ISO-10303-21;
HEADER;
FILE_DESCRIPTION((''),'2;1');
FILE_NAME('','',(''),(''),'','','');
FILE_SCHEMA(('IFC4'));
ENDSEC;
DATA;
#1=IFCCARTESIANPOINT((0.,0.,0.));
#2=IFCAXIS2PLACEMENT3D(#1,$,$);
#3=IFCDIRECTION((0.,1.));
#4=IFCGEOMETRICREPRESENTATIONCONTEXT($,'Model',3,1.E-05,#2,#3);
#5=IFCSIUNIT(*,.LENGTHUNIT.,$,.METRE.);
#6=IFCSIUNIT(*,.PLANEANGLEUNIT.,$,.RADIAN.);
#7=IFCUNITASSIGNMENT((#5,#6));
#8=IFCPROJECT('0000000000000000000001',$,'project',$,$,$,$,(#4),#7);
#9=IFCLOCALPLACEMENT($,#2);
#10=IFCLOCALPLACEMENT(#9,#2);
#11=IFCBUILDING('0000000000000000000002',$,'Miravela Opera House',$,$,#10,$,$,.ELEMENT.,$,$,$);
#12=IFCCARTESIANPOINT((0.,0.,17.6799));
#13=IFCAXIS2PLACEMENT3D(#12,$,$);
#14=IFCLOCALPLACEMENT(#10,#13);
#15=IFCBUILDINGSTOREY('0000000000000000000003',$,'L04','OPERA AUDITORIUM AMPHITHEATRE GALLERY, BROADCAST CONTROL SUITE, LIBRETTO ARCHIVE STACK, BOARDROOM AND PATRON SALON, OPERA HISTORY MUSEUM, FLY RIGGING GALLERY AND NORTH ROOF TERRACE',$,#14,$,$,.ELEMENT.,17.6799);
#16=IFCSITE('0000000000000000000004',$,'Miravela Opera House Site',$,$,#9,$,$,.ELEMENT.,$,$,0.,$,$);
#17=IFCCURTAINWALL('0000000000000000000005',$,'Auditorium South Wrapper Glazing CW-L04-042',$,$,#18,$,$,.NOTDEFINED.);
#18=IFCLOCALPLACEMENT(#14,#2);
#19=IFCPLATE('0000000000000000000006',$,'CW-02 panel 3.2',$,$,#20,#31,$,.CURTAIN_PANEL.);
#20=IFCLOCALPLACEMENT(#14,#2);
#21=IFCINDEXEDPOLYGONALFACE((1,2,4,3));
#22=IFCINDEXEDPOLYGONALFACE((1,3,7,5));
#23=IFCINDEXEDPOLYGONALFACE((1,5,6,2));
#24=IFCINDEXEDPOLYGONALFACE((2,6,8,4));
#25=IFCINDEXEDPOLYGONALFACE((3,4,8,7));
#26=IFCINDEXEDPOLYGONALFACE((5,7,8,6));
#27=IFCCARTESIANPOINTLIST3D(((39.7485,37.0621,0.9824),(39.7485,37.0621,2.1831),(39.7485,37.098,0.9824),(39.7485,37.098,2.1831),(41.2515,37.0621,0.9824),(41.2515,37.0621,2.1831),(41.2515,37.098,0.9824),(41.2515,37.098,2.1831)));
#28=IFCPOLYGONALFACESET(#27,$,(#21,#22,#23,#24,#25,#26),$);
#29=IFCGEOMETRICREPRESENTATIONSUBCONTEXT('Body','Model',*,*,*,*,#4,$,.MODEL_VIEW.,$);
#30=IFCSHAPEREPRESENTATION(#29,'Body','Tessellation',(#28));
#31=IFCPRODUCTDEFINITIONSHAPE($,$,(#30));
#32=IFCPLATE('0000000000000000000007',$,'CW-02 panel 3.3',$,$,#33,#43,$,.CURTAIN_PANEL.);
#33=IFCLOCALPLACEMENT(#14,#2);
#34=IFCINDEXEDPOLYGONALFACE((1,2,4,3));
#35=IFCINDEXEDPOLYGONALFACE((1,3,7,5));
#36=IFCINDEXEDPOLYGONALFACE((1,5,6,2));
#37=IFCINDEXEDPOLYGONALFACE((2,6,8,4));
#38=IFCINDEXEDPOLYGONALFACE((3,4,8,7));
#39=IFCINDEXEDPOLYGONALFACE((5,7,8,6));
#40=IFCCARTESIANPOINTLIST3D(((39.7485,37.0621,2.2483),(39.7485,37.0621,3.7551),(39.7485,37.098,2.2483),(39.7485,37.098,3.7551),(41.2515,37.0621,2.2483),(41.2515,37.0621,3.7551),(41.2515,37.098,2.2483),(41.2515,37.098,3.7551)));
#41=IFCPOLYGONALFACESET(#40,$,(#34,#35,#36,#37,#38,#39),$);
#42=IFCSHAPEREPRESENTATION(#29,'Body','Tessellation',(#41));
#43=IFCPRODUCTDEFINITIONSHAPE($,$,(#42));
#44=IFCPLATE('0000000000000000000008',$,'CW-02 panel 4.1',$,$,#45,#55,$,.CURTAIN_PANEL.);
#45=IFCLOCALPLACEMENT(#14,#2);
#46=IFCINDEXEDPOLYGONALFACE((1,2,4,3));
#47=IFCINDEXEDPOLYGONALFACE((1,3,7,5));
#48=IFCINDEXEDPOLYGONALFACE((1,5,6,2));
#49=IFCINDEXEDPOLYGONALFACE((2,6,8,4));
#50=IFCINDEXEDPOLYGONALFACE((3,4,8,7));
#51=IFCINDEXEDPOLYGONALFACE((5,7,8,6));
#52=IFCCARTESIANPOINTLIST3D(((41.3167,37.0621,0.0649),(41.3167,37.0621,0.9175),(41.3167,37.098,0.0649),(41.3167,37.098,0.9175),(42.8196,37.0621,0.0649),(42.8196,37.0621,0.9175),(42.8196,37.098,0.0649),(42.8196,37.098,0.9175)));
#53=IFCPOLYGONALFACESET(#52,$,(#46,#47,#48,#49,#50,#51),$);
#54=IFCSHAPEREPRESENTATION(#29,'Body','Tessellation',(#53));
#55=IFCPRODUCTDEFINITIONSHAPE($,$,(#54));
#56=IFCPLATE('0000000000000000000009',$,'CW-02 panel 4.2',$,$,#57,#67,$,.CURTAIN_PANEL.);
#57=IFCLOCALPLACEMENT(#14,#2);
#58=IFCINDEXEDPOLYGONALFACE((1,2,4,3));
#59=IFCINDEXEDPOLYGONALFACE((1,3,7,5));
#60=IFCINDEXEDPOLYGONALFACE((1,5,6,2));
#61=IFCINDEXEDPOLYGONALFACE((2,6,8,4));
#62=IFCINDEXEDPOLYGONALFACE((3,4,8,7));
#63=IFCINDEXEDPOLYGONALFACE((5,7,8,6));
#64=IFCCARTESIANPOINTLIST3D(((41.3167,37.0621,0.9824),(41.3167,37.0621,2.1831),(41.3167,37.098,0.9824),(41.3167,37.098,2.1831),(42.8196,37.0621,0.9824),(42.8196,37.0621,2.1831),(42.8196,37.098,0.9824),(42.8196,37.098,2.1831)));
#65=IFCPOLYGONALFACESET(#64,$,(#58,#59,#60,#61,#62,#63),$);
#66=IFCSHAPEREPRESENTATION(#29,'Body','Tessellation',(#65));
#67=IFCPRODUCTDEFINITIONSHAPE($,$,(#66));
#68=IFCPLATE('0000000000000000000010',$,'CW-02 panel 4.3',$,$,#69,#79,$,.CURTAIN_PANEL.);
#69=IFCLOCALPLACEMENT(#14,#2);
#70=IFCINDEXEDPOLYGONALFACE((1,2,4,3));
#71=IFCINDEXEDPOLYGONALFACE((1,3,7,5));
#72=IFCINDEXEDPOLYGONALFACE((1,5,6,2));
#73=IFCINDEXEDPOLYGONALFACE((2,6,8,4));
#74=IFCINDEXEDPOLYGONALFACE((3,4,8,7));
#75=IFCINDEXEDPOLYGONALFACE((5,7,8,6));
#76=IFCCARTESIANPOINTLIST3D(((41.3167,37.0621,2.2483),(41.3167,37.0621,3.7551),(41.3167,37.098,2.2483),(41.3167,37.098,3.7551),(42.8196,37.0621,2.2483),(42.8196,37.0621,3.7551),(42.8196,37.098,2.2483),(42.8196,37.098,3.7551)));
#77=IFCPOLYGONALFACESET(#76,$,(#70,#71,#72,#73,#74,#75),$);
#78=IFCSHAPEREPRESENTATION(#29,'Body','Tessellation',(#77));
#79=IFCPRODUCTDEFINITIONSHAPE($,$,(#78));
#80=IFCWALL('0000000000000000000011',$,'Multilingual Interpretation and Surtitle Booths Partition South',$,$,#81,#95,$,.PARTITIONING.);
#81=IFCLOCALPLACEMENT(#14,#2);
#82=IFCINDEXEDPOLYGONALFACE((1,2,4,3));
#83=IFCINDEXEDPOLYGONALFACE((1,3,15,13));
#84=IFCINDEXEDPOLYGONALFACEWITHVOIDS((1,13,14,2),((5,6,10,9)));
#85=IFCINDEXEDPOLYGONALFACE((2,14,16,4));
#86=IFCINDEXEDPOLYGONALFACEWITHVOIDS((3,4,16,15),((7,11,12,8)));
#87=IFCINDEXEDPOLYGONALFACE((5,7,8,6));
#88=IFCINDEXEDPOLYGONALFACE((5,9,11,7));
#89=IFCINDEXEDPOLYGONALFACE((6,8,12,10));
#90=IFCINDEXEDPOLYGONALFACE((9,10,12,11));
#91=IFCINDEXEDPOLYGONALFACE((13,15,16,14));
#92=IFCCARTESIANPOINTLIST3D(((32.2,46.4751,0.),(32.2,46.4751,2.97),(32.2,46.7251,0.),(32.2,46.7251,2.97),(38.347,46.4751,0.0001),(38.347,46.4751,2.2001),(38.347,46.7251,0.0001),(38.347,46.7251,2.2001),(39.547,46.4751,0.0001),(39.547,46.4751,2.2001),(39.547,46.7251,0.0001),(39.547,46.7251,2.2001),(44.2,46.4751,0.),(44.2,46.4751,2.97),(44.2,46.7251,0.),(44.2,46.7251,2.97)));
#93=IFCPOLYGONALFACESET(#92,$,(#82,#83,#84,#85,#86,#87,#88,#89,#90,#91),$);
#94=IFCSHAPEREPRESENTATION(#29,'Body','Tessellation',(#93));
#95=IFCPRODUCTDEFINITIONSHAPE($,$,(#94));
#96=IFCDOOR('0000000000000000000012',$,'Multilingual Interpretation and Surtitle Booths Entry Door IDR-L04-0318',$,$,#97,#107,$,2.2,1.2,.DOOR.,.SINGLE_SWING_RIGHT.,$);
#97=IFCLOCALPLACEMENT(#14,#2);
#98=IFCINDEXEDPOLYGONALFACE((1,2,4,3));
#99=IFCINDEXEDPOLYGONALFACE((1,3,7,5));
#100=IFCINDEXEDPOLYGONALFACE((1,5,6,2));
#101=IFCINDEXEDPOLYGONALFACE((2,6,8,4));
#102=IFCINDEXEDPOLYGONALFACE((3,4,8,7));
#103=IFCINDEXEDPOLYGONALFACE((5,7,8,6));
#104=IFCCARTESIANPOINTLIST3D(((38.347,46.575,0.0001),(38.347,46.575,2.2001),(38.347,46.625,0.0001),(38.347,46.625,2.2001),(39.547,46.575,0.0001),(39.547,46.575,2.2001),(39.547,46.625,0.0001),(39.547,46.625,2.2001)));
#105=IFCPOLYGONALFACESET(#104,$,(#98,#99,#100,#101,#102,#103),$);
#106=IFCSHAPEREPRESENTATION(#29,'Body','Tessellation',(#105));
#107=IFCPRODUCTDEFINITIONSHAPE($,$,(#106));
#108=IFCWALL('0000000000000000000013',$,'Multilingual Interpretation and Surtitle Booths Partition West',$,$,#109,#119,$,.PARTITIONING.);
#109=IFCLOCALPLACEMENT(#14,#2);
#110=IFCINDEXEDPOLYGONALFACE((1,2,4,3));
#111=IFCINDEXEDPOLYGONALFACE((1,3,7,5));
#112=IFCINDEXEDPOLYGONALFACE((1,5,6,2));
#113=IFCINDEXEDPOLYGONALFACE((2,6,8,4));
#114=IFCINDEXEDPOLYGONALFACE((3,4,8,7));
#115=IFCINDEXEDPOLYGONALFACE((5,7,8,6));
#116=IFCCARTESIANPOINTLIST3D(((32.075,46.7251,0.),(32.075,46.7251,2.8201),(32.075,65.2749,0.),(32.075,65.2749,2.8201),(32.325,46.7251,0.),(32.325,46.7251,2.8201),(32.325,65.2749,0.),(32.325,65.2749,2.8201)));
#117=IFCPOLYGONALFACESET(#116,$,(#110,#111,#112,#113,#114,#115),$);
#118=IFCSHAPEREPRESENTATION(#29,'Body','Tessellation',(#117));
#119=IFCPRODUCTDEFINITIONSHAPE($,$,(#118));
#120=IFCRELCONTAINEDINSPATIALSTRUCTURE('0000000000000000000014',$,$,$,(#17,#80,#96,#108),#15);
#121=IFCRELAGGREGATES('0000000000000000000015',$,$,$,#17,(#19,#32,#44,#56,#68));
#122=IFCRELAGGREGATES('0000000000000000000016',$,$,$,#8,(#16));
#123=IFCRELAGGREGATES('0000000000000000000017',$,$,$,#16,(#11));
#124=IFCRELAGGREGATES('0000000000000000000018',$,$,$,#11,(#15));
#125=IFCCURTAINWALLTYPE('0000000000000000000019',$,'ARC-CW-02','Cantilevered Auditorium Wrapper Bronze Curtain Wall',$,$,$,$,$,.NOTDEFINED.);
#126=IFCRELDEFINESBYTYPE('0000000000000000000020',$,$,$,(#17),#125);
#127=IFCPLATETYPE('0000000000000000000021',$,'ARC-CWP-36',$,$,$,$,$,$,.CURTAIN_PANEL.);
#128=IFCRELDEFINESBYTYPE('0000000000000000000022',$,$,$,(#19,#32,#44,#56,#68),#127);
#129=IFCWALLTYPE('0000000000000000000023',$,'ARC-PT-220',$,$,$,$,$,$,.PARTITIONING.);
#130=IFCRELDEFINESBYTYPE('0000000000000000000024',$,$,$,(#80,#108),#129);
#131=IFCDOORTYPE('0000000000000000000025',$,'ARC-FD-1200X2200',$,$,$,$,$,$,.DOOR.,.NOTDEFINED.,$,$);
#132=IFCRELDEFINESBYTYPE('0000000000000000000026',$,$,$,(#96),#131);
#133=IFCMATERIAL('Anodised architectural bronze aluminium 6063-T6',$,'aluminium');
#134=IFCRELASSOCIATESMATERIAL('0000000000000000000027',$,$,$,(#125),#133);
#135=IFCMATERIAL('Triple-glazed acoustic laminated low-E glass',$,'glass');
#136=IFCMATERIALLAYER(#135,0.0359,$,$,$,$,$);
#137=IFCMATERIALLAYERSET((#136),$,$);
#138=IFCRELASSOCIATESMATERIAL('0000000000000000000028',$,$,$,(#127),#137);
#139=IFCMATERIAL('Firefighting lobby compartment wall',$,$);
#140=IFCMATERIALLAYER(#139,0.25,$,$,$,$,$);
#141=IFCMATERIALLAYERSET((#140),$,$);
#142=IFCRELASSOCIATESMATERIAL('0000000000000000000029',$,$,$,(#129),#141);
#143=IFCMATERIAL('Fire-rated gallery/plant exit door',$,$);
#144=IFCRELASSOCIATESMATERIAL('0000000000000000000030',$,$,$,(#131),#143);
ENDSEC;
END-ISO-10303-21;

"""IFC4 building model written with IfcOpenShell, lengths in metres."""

from ifc_helpers import new_model, si_unit, direction, frame, frame_2d, origin, origin_2d, place, context, subcontext, project, spatial, rectangle, extrude, material, layer, layer_set, type_object, element, fill, aggregate, save


model = new_model("IFC4")

# Units and contexts
model_context = context("Model", 3, precision=1e-05, world=origin(), true_north=direction((0.0, 1.0)))
body_context = subcontext(model_context, "Body", "Model", "MODEL_VIEW")
ifc_project = project(units=[si_unit("LENGTHUNIT", "METRE"), si_unit("PLANEANGLEUNIT", "RADIAN")], contexts=[model_context])

# Site, building, storey
site_placement = place(None, origin())
site = spatial("IfcSite", under=ifc_project, at=site_placement, Name="Miravela Opera House Site", CompositionType="ELEMENT", RefElevation=0.0)
building_placement = place(site_placement, origin())
building = spatial("IfcBuilding", under=site, at=building_placement, Name="Miravela Opera House", CompositionType="ELEMENT")
storey_placement = place(building_placement, frame((0.0, 0.0, 17.6799)))
storey = spatial("IfcBuildingStorey", under=building, at=storey_placement, Name="L04", Description="OPERA AUDITORIUM AMPHITHEATRE GALLERY, BROADCAST CONTROL SUITE, LIBRETTO ARCHIVE STACK, BOARDROOM AND PATRON SALON, OPERA HISTORY MUSEUM, FLY RIGGING GALLERY AND NORTH ROOF TERRACE", CompositionType="ELEMENT", Elevation=17.6799)

# Curtain wall
ifc_material_1 = material(Name="Anodised architectural bronze aluminium 6063-T6", Category="aluminium")
curtain_wall_type = type_object("IfcCurtainWallType", Name="ARC-CW-02", Description="Cantilevered Auditorium Wrapper Bronze Curtain Wall", PredefinedType="NOTDEFINED", material=ifc_material_1)
curtain_wall_placement = place(storey_placement, origin())
curtain_wall = element("IfcCurtainWall", 1, at=curtain_wall_placement, inside=storey, type_object=curtain_wall_type, Name="Auditorium South Wrapper Glazing CW-L04-042", PredefinedType="NOTDEFINED")

# Plates
ifc_material_2 = material(Name="Triple-glazed acoustic laminated low-E glass", Category="glass")
ifc_layer_1 = layer(ifc_material_2, 0.0359)
ifc_layer_set_1 = layer_set([ifc_layer_1])
plate_type = type_object("IfcPlateType", Name="ARC-CWP-36", PredefinedType="CURTAIN_PANEL", material=ifc_layer_set_1)
plate_1_placement = place(storey_placement, frame((40.5, 37.0801, 0.9824), z_axis=(0.0, 0.0, 1.0), x_axis=(1.0, 0.0, 0.0)))
plate_1 = element("IfcPlate", 2, at=plate_1_placement, type_object=plate_type, Name="CW-02 panel 3.2", PredefinedType="CURTAIN_PANEL", context=body_context, shape_type="SweptSolid", body=[
    extrude(rectangle(XDim=1.5029, YDim=0.0359, at=origin_2d()), origin(), (0.0, 0.0, 1.0), 1.2007),
])
plate_2_placement = place(storey_placement, frame((40.5, 37.0801, 2.2483), z_axis=(0.0, 0.0, 1.0), x_axis=(1.0, 0.0, 0.0)))
plate_2 = element("IfcPlate", 3, at=plate_2_placement, type_object=plate_type, Name="CW-02 panel 3.3", PredefinedType="CURTAIN_PANEL", context=body_context, shape_type="SweptSolid", body=[
    extrude(rectangle(XDim=1.5029, YDim=0.0359, at=origin_2d()), origin(), (0.0, 0.0, 1.0), 1.5068),
])
plate_3_placement = place(storey_placement, frame((42.0681, 37.0801, 0.0649), z_axis=(0.0, 0.0, 1.0), x_axis=(1.0, 0.0, 0.0)))
plate_3 = element("IfcPlate", 4, at=plate_3_placement, type_object=plate_type, Name="CW-02 panel 4.1", PredefinedType="CURTAIN_PANEL", context=body_context, shape_type="SweptSolid", body=[
    extrude(rectangle(XDim=1.5029, YDim=0.0359, at=origin_2d()), origin(), (0.0, 0.0, 1.0), 0.8525),
])
plate_4_placement = place(storey_placement, frame((42.0681, 37.0801, 0.9824), z_axis=(0.0, 0.0, 1.0), x_axis=(1.0, 0.0, 0.0)))
plate_4 = element("IfcPlate", 5, at=plate_4_placement, type_object=plate_type, Name="CW-02 panel 4.2", PredefinedType="CURTAIN_PANEL", context=body_context, shape_type="SweptSolid", body=[
    extrude(rectangle(XDim=1.5029, YDim=0.0359, at=origin_2d()), origin(), (0.0, 0.0, 1.0), 1.2007),
])
plate_5_placement = place(storey_placement, frame((42.0681, 37.0801, 2.2483), z_axis=(0.0, 0.0, 1.0), x_axis=(1.0, 0.0, 0.0)))
plate_5 = element("IfcPlate", 6, at=plate_5_placement, type_object=plate_type, Name="CW-02 panel 4.3", PredefinedType="CURTAIN_PANEL", context=body_context, shape_type="SweptSolid", body=[
    extrude(rectangle(XDim=1.5029, YDim=0.0359, at=origin_2d()), origin(), (0.0, 0.0, 1.0), 1.5068),
])
aggregate(curtain_wall, [plate_1, plate_2, plate_3, plate_4, plate_5])

# Wall, opening, door
ifc_material_3 = material(Name="Firefighting lobby compartment wall")
ifc_layer_2 = layer(ifc_material_3, 0.25)
ifc_layer_set_2 = layer_set([ifc_layer_2])
wall_type = type_object("IfcWallType", Name="ARC-PT-220", PredefinedType="PARTITIONING", material=ifc_layer_set_2)
wall_1_placement = place(storey_placement, frame((32.2, 46.6001, 0.0), z_axis=(0.0, 0.0, 1.0), x_axis=(1.0, 0.0, 0.0)))
wall_1 = element("IfcWall", 7, at=wall_1_placement, inside=storey, type_object=wall_type, Name="Multilingual Interpretation and Surtitle Booths Partition South", PredefinedType="PARTITIONING", context=body_context, shape_type="SweptSolid", body=[
    extrude(rectangle(XDim=12.0, YDim=0.25, at=frame_2d((6.0, 0.0))), origin(), (0.0, 0.0, 1.0), 2.97),
])
opening_placement = place(wall_1_placement, frame((6.147, 0.0, 0.0)))
opening = element("IfcOpeningElement", 8, at=opening_placement, cuts=wall_1, PredefinedType="OPENING", context=body_context, shape_type="SweptSolid", body=[
    extrude(rectangle(XDim=1.2, YDim=2.2, at=frame_2d((0.6001, 1.1001))), frame((0.0, 0.135, 0.0), z_axis=(0.0, -1.0, 0.0), x_axis=(1.0, 0.0, 0.0)), (0.0, 0.0, 1.0), 0.27),
])
ifc_material_4 = material(Name="Fire-rated gallery/plant exit door")
door_type = type_object("IfcDoorType", Name="ARC-FD-1200X2200", OperationType="NOTDEFINED", PredefinedType="DOOR", material=ifc_material_4)
door_placement = place(opening_placement, origin())
door = element("IfcDoor", 9, at=door_placement, inside=storey, type_object=door_type, Name="Multilingual Interpretation and Surtitle Booths Entry Door IDR-L04-0318", OperationType="SINGLE_SWING_RIGHT", OverallHeight=2.2, OverallWidth=1.2, PredefinedType="DOOR", context=body_context, shape_type="SweptSolid", body=[
    extrude(rectangle(XDim=1.2, YDim=2.2, at=frame_2d((0.6001, 1.1001))), frame((0.0, 0.0249, 0.0), z_axis=(0.0, -1.0, 0.0), x_axis=(1.0, 0.0, 0.0)), (0.0, 0.0, 1.0), 0.05),
])
fill(opening, door)

# Wall
wall_2_placement = place(storey_placement, frame((32.2, 46.7251, 0.0), z_axis=(0.0, 0.0, 1.0), x_axis=(0.0, 1.0, 0.0)))
element("IfcWall", 10, at=wall_2_placement, inside=storey, type_object=wall_type, Name="Multilingual Interpretation and Surtitle Booths Partition West", PredefinedType="PARTITIONING", context=body_context, shape_type="SweptSolid", body=[
    extrude(rectangle(XDim=18.5498, YDim=0.25, at=frame_2d((9.2749, 0.0))), origin(), (0.0, 0.0, 1.0), 2.8201),
])

save(model, "model.ifc")
